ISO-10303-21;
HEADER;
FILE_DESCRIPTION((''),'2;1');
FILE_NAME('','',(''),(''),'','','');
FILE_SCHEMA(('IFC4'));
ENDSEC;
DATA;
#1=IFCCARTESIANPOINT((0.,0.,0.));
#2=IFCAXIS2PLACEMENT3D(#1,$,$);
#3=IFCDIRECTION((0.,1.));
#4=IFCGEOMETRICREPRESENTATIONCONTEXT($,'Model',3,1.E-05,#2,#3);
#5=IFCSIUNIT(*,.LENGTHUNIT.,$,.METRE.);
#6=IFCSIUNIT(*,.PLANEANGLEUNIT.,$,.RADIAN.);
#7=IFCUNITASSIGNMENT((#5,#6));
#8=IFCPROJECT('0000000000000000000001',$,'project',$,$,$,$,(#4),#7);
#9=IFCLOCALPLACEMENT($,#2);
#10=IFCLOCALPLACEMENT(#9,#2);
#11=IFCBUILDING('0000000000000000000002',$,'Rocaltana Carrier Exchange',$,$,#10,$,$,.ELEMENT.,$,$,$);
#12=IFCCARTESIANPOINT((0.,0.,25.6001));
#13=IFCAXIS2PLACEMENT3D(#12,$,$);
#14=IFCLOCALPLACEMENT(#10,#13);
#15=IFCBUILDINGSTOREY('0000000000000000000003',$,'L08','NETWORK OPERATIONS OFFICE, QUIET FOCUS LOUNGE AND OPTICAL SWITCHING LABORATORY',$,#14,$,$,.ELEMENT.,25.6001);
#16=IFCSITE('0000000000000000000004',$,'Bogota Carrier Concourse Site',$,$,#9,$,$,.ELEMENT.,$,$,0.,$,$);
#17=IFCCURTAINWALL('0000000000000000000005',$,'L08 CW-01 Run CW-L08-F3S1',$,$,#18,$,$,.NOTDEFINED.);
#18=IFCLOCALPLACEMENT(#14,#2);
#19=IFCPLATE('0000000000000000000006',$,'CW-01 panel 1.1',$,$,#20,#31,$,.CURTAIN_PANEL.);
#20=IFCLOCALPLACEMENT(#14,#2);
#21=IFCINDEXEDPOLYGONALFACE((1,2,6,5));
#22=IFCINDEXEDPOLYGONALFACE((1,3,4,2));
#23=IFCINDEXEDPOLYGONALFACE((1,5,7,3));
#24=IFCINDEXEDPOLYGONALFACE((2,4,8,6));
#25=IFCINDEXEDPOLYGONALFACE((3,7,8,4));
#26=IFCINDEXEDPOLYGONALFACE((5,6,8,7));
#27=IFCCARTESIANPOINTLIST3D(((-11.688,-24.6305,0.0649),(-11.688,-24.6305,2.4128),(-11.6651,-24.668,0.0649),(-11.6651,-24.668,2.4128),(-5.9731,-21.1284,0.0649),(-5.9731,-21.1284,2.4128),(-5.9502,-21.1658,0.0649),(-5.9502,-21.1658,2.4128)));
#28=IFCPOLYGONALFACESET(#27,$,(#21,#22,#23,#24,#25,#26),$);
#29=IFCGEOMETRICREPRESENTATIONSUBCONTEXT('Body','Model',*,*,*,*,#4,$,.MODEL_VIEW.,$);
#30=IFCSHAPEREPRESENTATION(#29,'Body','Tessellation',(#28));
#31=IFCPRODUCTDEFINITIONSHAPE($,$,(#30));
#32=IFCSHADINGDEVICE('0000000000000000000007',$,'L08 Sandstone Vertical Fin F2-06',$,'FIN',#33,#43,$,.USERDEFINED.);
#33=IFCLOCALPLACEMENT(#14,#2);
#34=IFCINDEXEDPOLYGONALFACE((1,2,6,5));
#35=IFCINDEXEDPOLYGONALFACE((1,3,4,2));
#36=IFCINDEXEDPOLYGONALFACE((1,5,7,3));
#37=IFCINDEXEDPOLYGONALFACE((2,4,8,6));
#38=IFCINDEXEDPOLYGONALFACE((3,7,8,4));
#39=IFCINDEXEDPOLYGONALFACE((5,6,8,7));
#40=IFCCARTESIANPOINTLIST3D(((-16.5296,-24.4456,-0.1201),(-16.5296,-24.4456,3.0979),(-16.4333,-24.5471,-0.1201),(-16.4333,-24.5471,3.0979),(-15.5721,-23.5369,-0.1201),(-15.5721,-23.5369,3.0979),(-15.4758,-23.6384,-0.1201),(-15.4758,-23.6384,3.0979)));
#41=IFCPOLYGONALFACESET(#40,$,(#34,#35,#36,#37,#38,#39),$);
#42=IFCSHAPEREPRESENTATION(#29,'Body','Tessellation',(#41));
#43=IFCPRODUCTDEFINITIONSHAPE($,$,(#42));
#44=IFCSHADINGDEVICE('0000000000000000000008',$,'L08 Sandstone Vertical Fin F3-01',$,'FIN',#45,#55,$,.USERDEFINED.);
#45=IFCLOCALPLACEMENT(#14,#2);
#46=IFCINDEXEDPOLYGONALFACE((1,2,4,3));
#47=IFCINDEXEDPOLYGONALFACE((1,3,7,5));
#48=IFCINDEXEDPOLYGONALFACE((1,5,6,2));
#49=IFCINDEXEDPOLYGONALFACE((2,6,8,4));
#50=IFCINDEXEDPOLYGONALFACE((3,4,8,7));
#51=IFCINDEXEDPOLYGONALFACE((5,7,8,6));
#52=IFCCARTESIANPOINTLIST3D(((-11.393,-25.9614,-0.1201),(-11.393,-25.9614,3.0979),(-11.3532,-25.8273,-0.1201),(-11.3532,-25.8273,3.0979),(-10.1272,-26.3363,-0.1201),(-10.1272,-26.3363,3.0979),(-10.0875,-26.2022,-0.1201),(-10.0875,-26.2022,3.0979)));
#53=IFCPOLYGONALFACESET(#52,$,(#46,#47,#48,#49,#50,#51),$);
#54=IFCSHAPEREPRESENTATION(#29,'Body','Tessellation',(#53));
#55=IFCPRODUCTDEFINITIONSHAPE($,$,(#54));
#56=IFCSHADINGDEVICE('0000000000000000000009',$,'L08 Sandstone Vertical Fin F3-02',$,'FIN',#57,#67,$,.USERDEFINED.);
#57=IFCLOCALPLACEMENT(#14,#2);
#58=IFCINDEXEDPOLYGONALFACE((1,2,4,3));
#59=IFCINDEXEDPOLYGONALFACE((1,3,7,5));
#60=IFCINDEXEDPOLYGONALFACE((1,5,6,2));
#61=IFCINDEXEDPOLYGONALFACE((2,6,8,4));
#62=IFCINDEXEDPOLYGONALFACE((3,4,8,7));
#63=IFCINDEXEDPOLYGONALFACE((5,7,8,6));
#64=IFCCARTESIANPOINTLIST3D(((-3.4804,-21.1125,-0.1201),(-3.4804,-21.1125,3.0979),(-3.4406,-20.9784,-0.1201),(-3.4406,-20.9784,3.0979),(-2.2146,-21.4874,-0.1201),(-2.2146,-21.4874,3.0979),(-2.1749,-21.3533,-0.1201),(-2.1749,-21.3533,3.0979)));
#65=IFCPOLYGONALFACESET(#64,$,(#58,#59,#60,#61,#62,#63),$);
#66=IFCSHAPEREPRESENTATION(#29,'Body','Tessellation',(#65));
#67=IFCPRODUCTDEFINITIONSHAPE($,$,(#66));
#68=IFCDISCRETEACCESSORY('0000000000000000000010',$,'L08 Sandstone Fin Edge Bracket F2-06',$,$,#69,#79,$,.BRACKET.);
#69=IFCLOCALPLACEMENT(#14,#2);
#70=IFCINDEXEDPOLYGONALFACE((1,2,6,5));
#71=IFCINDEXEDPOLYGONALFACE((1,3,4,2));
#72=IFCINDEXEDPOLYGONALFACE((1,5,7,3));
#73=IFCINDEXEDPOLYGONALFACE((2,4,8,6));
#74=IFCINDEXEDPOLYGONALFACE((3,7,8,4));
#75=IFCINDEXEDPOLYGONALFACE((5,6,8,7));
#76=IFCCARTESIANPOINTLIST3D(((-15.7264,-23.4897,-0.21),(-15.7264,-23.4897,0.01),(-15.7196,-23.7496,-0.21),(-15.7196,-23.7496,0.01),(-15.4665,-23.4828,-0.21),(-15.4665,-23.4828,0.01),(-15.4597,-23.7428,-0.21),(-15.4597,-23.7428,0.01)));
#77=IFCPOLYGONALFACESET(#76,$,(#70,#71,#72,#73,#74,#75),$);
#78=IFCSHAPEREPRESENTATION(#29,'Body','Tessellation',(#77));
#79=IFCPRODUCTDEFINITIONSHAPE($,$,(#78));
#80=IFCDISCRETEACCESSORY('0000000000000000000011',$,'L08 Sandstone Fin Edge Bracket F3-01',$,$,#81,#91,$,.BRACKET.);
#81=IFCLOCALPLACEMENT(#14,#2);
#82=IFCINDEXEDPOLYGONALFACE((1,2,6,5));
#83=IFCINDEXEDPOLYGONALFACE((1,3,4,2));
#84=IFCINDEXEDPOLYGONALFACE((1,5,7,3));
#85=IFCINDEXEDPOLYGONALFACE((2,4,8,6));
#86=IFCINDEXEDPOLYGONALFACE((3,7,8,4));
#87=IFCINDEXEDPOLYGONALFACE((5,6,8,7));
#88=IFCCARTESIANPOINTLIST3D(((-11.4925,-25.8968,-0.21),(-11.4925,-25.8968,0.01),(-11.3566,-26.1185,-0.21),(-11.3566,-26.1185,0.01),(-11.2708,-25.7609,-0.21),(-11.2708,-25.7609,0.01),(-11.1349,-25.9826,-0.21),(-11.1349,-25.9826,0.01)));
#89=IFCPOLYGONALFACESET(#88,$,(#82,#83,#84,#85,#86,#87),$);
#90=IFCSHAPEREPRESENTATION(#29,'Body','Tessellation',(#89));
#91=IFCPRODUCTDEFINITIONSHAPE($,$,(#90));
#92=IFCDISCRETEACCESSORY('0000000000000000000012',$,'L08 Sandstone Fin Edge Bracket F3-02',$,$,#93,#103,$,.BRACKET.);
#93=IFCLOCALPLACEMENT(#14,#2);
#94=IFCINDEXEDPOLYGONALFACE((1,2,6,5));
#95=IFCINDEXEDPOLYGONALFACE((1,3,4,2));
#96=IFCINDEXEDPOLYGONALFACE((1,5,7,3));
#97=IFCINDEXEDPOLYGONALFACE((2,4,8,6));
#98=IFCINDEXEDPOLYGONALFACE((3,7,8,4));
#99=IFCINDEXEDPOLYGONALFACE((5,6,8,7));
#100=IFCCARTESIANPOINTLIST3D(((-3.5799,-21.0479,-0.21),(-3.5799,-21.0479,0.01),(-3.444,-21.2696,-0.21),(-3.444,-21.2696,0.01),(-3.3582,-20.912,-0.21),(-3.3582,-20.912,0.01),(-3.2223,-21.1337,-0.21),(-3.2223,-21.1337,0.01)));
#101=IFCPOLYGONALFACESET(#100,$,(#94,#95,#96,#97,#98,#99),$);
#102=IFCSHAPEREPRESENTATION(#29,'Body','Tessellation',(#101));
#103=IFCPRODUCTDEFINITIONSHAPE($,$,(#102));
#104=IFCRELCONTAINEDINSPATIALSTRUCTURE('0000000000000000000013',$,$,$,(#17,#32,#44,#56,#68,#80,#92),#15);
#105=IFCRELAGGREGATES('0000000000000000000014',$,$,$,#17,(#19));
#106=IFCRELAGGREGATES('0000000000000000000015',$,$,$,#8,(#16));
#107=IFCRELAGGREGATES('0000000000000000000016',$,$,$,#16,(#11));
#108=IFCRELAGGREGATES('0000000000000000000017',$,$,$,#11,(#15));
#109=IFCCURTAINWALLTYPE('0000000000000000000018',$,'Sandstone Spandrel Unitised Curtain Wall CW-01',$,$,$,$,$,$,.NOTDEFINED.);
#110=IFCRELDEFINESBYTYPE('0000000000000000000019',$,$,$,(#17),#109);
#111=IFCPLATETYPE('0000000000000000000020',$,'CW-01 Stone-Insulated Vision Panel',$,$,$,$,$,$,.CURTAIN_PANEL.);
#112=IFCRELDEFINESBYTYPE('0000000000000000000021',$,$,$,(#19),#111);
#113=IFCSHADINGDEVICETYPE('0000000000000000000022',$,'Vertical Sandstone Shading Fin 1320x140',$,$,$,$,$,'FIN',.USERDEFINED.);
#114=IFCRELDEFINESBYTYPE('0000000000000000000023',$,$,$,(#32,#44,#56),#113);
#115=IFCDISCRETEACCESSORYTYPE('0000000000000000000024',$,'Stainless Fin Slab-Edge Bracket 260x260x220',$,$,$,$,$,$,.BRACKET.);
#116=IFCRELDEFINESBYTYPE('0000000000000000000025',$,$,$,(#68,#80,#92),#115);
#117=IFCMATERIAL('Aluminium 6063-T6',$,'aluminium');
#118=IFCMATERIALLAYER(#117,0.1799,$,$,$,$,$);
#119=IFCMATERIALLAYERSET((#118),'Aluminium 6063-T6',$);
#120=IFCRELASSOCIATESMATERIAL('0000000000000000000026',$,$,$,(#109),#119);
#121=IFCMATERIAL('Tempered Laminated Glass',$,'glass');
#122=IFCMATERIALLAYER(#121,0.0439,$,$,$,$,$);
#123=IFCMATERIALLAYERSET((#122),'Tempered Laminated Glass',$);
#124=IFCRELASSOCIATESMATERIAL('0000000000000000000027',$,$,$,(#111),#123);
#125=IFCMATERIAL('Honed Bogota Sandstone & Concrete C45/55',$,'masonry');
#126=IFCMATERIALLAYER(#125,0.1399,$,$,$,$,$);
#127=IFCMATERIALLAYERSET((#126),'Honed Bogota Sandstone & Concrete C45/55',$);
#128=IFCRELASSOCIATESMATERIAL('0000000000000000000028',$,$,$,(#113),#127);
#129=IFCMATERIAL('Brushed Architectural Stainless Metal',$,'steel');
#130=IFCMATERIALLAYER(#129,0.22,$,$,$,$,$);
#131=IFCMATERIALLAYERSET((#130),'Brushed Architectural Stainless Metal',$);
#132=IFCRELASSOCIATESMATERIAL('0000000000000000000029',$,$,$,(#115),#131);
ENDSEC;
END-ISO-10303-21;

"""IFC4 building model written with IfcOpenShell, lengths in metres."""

from ifc_helpers import new_model, si_unit, direction, frame, origin, origin_2d, place, context, subcontext, project, spatial, rectangle, extrude, material, layer, layer_set, type_object, element, aggregate, save


model = new_model("IFC4")

# Units and contexts
model_context = context("Model", 3, precision=1e-05, world=origin(), true_north=direction((0.0, 1.0)))
body_context = subcontext(model_context, "Body", "Model", "MODEL_VIEW")
ifc_project = project(units=[si_unit("LENGTHUNIT", "METRE"), si_unit("PLANEANGLEUNIT", "RADIAN")], contexts=[model_context])

# Site, building, storey
site_placement = place(None, origin())
site = spatial("IfcSite", under=ifc_project, at=site_placement, Name="Bogota Carrier Concourse Site", CompositionType="ELEMENT", RefElevation=0.0)
building_placement = place(site_placement, origin())
building = spatial("IfcBuilding", under=site, at=building_placement, Name="Rocaltana Carrier Exchange", CompositionType="ELEMENT")
storey_placement = place(building_placement, frame((0.0, 0.0, 25.6001)))
storey = spatial("IfcBuildingStorey", under=building, at=storey_placement, Name="L08", Description="NETWORK OPERATIONS OFFICE, QUIET FOCUS LOUNGE AND OPTICAL SWITCHING LABORATORY", CompositionType="ELEMENT", Elevation=25.6001)

# Shared definitions
ifc_material_1 = material(Name="Aluminium 6063-T6", Category="aluminium")
ifc_layer_1 = layer(ifc_material_1, 0.1799)
ifc_layer_set_1 = layer_set([ifc_layer_1], Name="Aluminium 6063-T6")
curtain_wall_type = type_object("IfcCurtainWallType", Name="Sandstone Spandrel Unitised Curtain Wall CW-01", PredefinedType="NOTDEFINED", material=ifc_layer_set_1)

# Curtain wall
curtain_wall_1_placement = place(storey_placement, origin())
curtain_wall_1 = element("IfcCurtainWall", 1, at=curtain_wall_1_placement, inside=storey, type_object=curtain_wall_type, Name="L08 CW-01 Run CW-L08-F3S1", PredefinedType="NOTDEFINED")

# Plate
ifc_material_2 = material(Name="Tempered Laminated Glass", Category="glass")
ifc_layer_2 = layer(ifc_material_2, 0.0439)
ifc_layer_set_2 = layer_set([ifc_layer_2], Name="Tempered Laminated Glass")
plate_type = type_object("IfcPlateType", Name="CW-01 Stone-Insulated Vision Panel", PredefinedType="CURTAIN_PANEL", material=ifc_layer_set_2)
plate_placement = place(storey_placement, frame((-8.8191, -22.8982, 0.0649), z_axis=(0.0, 0.0, 1.0), x_axis=(0.852636, 0.522505, 0.0)))
plate = element("IfcPlate", 2, at=plate_placement, type_object=plate_type, Name="CW-01 panel 1.1", PredefinedType="CURTAIN_PANEL", context=body_context, shape_type="SweptSolid", body=[
    extrude(rectangle(XDim=6.7026, YDim=0.0439, at=origin_2d()), origin(), (0.0, 0.0, 1.0), 2.3479),
])
aggregate(curtain_wall_1, [plate])

# Shading devices
ifc_material_3 = material(Name="Honed Bogota Sandstone & Concrete C45/55", Category="masonry")
ifc_layer_3 = layer(ifc_material_3, 0.1399)
ifc_layer_set_3 = layer_set([ifc_layer_3], Name="Honed Bogota Sandstone & Concrete C45/55")
shading_device_type = type_object("IfcShadingDeviceType", Name="Vertical Sandstone Shading Fin 1320x140", ElementType="FIN", PredefinedType="USERDEFINED", material=ifc_layer_set_3)
for number, where, z_axis, x_axis, name in (
    (3, (-16.0027, -24.042, -0.1201), (0.0, 0.0, 1.0), (-0.725374, -0.688355, 0.0), "L08 Sandstone Vertical Fin F2-06"),
    (4, (-10.7402, -26.0818, -0.1201), (0.0, 0.0, 1.0), (0.95882, -0.284015, 0.0), "L08 Sandstone Vertical Fin F3-01"),
    (5, (-2.8276, -21.2329, -0.1201), (0.0, 0.0, 1.0), (0.95882, -0.284015, 0.0), "L08 Sandstone Vertical Fin F3-02"),
):
    element("IfcShadingDevice", number, at=place(storey_placement, frame(where, z_axis=z_axis, x_axis=x_axis)), inside=storey, type_object=shading_device_type, Name=name, ObjectType="FIN", PredefinedType="USERDEFINED", context=body_context, shape_type="SweptSolid", body=[
        extrude(rectangle(XDim=1.3201, YDim=0.1399, at=origin_2d()), origin(), (0.0, 0.0, 1.0), 3.218),
    ])

# Discrete accessories
ifc_material_4 = material(Name="Brushed Architectural Stainless Metal", Category="steel")
ifc_layer_4 = layer(ifc_material_4, 0.22)
ifc_layer_set_4 = layer_set([ifc_layer_4], Name="Brushed Architectural Stainless Metal")
discrete_accessory_type = type_object("IfcDiscreteAccessoryType", Name="Stainless Fin Slab-Edge Bracket 260x260x220", PredefinedType="BRACKET", material=ifc_layer_set_4)
for number, where, z_axis, x_axis, name in (
    (6, (-15.593, -23.6162, -0.21), (0.0, 0.0, 1.0), (0.026177, -0.999657, 0.0), "L08 Sandstone Fin Edge Bracket F2-06"),
    (7, (-11.3137, -25.9397, -0.21), (0.0, 0.0, 1.0), (0.85264, 0.522499, 0.0), "L08 Sandstone Fin Edge Bracket F3-01"),
    (8, (-3.4011, -21.0908, -0.21), (0.0, 0.0, 1.0), (0.85264, 0.522499, 0.0), "L08 Sandstone Fin Edge Bracket F3-02"),
):
    element("IfcDiscreteAccessory", number, at=place(storey_placement, frame(where, z_axis=z_axis, x_axis=x_axis)), inside=storey, type_object=discrete_accessory_type, Name=name, PredefinedType="BRACKET", context=body_context, shape_type="SweptSolid", body=[
        extrude(rectangle(XDim=0.26, YDim=0.26, at=origin_2d()), origin(), (0.0, 0.0, 1.0), 0.22),
    ])

save(model, "model.ifc")
